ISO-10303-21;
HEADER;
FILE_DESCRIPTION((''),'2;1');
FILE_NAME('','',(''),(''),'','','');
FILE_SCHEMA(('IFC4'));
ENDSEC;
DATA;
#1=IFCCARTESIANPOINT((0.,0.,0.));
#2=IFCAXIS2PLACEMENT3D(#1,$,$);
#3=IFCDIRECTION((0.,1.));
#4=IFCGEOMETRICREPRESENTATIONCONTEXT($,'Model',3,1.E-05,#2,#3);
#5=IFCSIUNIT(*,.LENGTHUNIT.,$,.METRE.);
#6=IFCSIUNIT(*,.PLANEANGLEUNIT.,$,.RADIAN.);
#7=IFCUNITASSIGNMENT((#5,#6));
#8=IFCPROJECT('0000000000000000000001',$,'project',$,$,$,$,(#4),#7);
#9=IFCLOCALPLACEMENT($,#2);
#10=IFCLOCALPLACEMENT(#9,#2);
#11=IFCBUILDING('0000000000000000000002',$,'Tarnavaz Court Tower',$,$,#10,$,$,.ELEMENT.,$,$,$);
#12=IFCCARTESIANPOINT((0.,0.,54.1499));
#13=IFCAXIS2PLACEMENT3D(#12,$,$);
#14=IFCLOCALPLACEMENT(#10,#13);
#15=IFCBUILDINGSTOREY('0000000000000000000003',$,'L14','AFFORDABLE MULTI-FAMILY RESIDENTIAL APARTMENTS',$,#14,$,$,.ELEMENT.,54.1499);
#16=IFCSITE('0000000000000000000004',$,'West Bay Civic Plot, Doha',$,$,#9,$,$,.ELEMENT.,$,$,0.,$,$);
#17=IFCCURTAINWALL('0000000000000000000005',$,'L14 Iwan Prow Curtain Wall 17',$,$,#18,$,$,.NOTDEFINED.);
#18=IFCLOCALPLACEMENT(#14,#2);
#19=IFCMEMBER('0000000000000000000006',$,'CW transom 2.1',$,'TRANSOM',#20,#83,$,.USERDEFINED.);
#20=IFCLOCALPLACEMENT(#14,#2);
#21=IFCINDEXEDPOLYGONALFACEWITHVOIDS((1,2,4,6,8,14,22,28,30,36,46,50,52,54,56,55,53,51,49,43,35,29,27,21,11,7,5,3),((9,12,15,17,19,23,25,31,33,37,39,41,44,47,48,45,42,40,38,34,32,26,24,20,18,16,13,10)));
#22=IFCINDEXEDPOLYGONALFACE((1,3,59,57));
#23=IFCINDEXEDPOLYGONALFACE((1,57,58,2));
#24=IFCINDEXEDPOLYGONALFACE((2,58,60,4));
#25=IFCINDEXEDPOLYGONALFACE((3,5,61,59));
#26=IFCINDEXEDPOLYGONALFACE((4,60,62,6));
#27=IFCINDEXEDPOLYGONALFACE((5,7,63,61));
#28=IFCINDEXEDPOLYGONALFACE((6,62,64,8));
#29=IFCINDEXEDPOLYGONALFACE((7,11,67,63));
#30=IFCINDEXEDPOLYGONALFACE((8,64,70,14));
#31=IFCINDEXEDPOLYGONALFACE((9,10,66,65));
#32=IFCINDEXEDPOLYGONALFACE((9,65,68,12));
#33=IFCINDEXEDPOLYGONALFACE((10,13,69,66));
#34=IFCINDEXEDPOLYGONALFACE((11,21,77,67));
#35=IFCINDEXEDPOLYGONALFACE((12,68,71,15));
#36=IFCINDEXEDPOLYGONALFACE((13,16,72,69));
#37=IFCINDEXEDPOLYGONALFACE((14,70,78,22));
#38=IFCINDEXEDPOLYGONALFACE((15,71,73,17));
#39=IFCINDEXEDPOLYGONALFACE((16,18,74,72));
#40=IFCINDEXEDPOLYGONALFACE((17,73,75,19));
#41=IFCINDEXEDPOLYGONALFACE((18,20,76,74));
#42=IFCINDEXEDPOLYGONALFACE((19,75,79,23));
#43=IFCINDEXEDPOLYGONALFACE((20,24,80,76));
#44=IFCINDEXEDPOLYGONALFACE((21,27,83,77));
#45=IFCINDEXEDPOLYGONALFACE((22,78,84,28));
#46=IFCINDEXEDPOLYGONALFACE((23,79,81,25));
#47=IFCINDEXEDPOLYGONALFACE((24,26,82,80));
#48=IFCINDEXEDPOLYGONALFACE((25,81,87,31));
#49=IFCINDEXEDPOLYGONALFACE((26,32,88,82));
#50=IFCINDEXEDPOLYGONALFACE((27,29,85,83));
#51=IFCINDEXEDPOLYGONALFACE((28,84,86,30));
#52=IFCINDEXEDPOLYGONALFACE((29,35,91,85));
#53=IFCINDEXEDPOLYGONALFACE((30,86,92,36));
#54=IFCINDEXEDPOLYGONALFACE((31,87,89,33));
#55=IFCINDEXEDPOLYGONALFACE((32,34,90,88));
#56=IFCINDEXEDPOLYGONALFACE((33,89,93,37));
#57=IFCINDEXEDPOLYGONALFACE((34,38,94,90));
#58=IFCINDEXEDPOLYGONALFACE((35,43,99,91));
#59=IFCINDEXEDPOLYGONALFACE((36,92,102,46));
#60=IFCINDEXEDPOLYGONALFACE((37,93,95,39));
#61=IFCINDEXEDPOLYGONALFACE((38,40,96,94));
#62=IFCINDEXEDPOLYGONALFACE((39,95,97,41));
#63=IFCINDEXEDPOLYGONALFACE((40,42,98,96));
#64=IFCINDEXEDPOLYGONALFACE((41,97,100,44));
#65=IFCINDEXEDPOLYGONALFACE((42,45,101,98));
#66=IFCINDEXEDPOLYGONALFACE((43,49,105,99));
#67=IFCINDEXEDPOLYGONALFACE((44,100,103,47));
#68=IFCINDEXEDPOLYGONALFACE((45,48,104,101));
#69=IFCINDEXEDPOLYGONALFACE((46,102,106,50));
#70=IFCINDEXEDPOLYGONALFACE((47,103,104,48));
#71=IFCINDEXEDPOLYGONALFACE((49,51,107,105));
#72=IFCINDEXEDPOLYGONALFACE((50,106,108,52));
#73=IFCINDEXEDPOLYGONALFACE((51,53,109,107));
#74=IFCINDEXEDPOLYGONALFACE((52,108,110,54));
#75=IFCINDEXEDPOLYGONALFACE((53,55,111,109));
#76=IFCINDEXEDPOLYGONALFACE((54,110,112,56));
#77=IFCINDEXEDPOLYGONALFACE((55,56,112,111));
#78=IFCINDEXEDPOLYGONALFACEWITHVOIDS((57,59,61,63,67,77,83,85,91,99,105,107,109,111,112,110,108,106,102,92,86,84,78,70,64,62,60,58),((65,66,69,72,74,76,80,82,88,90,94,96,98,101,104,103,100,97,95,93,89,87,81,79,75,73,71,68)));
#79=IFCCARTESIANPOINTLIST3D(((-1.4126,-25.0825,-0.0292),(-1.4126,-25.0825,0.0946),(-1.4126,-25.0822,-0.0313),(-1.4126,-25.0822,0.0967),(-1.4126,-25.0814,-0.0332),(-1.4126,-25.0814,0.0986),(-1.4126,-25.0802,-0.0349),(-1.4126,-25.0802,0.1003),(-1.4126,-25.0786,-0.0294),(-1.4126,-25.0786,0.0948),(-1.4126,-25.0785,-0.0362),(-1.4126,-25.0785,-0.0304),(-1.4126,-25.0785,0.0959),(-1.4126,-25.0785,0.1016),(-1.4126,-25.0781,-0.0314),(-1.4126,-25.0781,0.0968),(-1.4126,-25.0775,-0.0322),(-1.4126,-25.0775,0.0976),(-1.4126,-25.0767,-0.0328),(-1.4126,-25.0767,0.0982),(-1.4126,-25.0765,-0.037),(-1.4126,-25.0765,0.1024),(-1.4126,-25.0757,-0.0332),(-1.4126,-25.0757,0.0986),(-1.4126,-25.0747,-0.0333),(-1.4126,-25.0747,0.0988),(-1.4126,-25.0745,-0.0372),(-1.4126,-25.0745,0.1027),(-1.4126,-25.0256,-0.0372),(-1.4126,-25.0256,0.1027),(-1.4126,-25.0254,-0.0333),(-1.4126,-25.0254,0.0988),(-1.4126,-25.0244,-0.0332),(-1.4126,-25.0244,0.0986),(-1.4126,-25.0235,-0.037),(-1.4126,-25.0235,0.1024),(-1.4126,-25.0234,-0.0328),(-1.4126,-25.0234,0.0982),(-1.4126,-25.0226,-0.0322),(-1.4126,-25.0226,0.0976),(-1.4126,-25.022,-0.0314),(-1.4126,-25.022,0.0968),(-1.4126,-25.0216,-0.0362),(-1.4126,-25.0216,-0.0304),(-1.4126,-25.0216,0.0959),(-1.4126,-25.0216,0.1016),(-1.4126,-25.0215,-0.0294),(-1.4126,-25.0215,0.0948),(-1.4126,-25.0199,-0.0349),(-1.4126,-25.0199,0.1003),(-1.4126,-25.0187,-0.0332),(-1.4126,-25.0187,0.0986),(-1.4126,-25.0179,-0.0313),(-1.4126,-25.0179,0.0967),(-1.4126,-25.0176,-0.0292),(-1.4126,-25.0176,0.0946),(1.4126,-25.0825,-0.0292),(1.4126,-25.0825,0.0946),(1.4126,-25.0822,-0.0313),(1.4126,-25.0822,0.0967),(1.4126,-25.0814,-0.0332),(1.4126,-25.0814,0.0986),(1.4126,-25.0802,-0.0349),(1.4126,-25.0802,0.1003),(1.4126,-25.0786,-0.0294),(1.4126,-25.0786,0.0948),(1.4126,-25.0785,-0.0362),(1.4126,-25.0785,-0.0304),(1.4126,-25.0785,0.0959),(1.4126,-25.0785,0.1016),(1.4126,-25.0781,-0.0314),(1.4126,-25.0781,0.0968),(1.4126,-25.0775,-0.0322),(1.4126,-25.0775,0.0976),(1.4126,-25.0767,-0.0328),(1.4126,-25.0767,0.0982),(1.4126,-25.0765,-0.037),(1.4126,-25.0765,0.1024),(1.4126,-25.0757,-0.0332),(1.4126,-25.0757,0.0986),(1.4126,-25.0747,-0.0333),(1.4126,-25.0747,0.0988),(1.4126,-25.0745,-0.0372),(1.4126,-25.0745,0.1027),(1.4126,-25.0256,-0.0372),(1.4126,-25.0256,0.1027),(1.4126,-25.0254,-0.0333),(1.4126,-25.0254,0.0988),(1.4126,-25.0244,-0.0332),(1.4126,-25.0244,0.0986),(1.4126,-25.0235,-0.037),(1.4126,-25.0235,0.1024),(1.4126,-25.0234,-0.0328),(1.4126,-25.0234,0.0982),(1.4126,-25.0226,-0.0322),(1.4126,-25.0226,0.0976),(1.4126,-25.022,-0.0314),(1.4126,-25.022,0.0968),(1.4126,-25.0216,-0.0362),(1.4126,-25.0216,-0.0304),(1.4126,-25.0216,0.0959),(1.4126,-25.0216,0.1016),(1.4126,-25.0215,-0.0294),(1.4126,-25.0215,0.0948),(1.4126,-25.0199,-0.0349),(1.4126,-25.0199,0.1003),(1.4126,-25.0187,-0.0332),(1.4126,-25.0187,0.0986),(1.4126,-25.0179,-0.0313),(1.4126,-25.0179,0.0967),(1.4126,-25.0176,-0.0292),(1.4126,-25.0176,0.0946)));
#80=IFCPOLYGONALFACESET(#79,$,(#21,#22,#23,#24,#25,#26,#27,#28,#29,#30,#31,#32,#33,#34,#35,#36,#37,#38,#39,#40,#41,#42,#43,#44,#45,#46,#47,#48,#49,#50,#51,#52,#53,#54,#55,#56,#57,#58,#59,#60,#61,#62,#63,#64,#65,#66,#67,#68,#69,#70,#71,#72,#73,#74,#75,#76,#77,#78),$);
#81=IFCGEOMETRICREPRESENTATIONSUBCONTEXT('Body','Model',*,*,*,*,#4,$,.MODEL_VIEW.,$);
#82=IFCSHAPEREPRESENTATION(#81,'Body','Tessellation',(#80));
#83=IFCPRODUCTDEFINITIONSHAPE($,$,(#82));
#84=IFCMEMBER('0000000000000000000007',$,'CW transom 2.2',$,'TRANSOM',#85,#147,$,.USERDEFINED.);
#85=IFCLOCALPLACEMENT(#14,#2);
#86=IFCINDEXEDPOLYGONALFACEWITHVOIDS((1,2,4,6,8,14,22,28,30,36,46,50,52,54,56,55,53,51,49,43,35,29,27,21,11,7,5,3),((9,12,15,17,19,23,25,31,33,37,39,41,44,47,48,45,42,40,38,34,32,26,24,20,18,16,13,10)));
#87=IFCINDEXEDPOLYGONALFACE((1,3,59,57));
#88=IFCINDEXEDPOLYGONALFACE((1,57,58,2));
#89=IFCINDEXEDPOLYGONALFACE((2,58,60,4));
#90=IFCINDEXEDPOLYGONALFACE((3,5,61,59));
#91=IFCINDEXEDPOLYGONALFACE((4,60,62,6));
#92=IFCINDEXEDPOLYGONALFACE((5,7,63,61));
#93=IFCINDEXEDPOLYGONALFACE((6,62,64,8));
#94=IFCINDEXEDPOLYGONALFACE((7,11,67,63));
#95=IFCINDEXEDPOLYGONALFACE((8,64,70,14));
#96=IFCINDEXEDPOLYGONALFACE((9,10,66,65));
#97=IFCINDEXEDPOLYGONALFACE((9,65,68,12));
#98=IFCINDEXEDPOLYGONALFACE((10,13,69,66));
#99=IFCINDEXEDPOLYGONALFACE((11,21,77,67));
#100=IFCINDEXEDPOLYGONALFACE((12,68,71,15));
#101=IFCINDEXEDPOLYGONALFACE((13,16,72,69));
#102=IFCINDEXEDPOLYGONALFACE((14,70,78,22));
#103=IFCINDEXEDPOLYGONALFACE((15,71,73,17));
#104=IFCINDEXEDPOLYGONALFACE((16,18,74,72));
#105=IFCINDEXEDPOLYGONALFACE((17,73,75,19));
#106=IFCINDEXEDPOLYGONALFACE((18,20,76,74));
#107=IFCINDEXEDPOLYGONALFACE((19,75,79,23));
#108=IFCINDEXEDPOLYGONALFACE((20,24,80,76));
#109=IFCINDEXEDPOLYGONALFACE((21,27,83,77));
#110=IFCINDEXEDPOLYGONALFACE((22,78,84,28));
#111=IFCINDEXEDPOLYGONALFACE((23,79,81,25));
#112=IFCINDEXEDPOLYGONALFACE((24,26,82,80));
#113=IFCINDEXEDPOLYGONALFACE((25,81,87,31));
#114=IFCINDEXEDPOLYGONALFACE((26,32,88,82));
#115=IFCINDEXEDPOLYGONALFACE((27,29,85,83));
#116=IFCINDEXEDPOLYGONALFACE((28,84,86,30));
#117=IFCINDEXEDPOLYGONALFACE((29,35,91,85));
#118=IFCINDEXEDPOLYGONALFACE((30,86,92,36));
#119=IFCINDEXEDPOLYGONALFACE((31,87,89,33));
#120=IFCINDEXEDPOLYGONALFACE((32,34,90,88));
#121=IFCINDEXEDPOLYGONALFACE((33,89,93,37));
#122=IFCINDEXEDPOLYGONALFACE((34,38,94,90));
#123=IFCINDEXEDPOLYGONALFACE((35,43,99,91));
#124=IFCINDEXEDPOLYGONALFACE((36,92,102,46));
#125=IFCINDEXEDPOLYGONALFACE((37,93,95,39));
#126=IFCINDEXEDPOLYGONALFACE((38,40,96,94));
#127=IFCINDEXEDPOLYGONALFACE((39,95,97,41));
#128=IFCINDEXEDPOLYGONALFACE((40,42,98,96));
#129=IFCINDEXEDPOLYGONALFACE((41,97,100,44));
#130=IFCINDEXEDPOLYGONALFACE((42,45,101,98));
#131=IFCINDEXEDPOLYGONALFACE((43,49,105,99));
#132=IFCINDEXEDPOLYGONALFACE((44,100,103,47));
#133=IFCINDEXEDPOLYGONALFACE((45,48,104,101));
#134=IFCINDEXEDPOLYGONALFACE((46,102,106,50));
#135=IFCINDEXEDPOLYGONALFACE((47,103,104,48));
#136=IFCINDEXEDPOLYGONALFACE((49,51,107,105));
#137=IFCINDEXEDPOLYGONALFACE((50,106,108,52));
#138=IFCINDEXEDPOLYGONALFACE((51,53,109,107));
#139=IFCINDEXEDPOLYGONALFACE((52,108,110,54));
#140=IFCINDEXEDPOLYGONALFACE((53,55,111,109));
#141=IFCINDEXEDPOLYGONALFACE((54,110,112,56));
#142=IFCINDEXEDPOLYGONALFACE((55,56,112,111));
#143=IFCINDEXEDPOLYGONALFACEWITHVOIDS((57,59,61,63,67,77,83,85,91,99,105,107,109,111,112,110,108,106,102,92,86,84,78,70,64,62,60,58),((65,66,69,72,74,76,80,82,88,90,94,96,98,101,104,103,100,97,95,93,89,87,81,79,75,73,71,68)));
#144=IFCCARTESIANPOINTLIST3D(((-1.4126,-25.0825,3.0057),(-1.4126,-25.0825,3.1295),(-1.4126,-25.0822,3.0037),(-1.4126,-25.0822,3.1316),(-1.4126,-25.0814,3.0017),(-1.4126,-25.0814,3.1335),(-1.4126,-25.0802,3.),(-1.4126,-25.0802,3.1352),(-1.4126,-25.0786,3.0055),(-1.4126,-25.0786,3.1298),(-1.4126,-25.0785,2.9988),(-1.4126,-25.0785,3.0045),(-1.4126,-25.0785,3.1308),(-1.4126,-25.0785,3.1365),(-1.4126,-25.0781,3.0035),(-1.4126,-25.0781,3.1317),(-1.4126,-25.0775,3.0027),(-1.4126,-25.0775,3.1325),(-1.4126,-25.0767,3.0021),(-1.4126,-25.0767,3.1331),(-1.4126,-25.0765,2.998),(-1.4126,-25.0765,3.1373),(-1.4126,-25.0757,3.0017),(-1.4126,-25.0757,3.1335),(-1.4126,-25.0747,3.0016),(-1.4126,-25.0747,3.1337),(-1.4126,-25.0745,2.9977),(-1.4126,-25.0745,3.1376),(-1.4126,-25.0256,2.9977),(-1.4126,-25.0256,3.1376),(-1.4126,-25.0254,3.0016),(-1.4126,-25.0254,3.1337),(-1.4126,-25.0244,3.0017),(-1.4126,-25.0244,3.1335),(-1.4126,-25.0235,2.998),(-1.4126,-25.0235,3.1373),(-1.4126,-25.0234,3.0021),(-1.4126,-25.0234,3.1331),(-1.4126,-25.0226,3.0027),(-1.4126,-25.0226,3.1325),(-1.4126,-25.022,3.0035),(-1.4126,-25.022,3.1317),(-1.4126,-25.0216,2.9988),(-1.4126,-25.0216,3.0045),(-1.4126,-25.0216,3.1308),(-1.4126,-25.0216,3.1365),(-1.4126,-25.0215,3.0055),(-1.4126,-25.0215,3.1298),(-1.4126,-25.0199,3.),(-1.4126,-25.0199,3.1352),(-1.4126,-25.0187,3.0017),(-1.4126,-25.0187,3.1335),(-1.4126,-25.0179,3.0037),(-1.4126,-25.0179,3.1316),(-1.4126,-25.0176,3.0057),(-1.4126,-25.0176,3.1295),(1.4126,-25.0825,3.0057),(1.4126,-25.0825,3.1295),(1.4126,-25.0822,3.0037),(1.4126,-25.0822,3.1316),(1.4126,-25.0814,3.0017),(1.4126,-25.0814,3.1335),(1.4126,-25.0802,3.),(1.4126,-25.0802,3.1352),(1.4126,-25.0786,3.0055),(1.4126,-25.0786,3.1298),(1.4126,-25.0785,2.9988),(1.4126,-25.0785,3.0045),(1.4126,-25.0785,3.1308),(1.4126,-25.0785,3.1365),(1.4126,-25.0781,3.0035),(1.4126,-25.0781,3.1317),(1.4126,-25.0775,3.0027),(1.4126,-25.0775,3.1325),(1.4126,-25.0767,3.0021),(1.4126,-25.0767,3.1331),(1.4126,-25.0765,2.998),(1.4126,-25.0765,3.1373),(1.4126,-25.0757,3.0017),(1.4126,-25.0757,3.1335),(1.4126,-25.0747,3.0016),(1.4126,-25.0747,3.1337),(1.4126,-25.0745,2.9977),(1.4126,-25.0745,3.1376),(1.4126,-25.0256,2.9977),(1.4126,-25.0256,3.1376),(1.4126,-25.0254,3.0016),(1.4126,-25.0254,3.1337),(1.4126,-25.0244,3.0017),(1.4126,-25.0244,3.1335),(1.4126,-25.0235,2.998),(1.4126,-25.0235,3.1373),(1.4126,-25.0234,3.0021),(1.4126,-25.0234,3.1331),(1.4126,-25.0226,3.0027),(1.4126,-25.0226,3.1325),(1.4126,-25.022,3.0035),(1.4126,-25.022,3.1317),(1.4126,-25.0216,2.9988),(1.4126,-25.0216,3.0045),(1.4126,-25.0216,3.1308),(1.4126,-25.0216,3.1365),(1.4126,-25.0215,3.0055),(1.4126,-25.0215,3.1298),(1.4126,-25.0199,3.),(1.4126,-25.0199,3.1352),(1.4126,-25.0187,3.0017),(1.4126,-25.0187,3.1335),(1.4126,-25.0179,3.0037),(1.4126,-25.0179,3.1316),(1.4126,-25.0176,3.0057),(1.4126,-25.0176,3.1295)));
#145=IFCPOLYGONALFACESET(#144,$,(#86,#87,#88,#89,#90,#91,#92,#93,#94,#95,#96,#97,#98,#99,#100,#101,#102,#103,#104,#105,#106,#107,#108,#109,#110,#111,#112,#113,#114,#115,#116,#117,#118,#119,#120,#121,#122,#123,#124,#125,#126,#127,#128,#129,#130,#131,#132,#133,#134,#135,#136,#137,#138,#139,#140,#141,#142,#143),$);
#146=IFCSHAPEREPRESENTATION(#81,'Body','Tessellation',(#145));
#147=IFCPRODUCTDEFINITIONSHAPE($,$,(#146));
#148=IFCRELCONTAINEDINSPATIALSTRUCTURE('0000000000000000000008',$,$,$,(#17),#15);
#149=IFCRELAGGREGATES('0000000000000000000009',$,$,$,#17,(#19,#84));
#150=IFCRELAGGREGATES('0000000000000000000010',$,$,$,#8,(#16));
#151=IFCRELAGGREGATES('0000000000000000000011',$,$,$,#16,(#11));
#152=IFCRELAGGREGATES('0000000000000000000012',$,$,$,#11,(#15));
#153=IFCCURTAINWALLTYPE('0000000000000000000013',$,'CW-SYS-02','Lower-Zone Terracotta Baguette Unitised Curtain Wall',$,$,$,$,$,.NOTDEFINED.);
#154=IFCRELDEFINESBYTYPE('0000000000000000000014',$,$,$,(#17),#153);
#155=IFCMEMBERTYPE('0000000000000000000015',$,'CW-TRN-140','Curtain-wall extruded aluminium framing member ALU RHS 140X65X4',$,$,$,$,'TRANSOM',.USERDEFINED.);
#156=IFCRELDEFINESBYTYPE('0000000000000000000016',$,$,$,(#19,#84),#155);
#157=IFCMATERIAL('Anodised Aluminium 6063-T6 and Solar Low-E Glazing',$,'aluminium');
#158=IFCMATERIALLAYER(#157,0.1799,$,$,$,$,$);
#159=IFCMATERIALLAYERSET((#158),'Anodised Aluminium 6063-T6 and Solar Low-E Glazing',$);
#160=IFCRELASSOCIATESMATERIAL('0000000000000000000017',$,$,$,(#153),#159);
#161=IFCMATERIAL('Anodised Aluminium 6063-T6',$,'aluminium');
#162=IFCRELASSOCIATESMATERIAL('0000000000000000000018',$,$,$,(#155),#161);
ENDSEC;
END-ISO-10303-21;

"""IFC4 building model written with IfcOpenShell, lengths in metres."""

from ifc_helpers import new_model, si_unit, direction, frame, origin, origin_2d, place, context, subcontext, project, spatial, hollow_rectangle, extrude, material, layer, layer_set, material_profile, profile_set, type_object, element, aggregate, save


model = new_model("IFC4")

# Units and contexts
model_context = context("Model", 3, precision=1e-05, world=origin(), true_north=direction((0.0, 1.0)))
body_context = subcontext(model_context, "Body", "Model", "MODEL_VIEW")
ifc_project = project(units=[si_unit("LENGTHUNIT", "METRE"), si_unit("PLANEANGLEUNIT", "RADIAN")], contexts=[model_context])

# Site, building, storey
site_placement = place(None, origin())
site = spatial("IfcSite", under=ifc_project, at=site_placement, Name="West Bay Civic Plot, Doha", CompositionType="ELEMENT", RefElevation=0.0)
building_placement = place(site_placement, origin())
building = spatial("IfcBuilding", under=site, at=building_placement, Name="Tarnavaz Court Tower", CompositionType="ELEMENT")
storey_placement = place(building_placement, frame((0.0, 0.0, 54.1499)))
storey = spatial("IfcBuildingStorey", under=building, at=storey_placement, Name="L14", Description="AFFORDABLE MULTI-FAMILY RESIDENTIAL APARTMENTS", CompositionType="ELEMENT", Elevation=54.1499)

# Curtain wall, members
ifc_material_1 = material(Name="Anodised Aluminium 6063-T6 and Solar Low-E Glazing", Category="aluminium")
ifc_layer_1 = layer(ifc_material_1, 0.1799)
ifc_layer_set_1 = layer_set([ifc_layer_1], Name="Anodised Aluminium 6063-T6 and Solar Low-E Glazing")
curtain_wall_type = type_object("IfcCurtainWallType", Name="CW-SYS-02", Description="Lower-Zone Terracotta Baguette Unitised Curtain Wall", PredefinedType="NOTDEFINED", material=ifc_layer_set_1)
curtain_wall_placement = place(storey_placement, origin())
curtain_wall = element("IfcCurtainWall", 1, at=curtain_wall_placement, inside=storey, type_object=curtain_wall_type, Name="L14 Iwan Prow Curtain Wall 17", PredefinedType="NOTDEFINED")
ifc_material_2 = material(Name="Anodised Aluminium 6063-T6", Category="aluminium")
ifc_material_profile_1 = material_profile(ifc_material_2, hollow_rectangle(XDim=0.0649, YDim=0.1399, WallThickness=0.0039, InnerFilletRadius=0.0039, OuterFilletRadius=0.0081, at=origin_2d()), Name="ALU RHS 140X65X4")
ifc_profile_set_1 = profile_set([ifc_material_profile_1], Name="Anodised Aluminium 6063-T6")
member_type_1 = type_object("IfcMemberType", Name="CW-TRN-140", Description="Curtain-wall extruded aluminium framing member ALU RHS 140X65X4", ElementType="TRANSOM", PredefinedType="USERDEFINED", material=ifc_profile_set_1)
member_1_placement = place(storey_placement, frame((1.4126, -25.05, 0.0327), z_axis=(-1.0, 0.0, 0.0), x_axis=(0.0, -1.0, 0.0)))
member_1 = element("IfcMember", 2, at=member_1_placement, type_object=member_type_1, Name="CW transom 2.1", ObjectType="TRANSOM", PredefinedType="USERDEFINED", context=body_context, shape_type="SweptSolid", body=[
    extrude(hollow_rectangle(XDim=0.0649, YDim=0.1399, WallThickness=0.0039, InnerFilletRadius=0.0039, OuterFilletRadius=0.0081, at=origin_2d()), origin(), (0.0, 0.0, 1.0), 2.8252),
])
member_2_placement = place(storey_placement, frame((1.4126, -25.05, 3.0676), z_axis=(-1.0, 0.0, 0.0), x_axis=(0.0, -1.0, 0.0)))
member_2 = element("IfcMember", 3, at=member_2_placement, type_object=member_type_1, Name="CW transom 2.2", ObjectType="TRANSOM", PredefinedType="USERDEFINED", context=body_context, shape_type="SweptSolid", body=[
    extrude(hollow_rectangle(XDim=0.0649, YDim=0.1399, WallThickness=0.0039, InnerFilletRadius=0.0039, OuterFilletRadius=0.0081, at=origin_2d()), origin(), (0.0, 0.0, 1.0), 2.8252),
])
aggregate(curtain_wall, [member_1, member_2])

save(model, "model.ifc")
